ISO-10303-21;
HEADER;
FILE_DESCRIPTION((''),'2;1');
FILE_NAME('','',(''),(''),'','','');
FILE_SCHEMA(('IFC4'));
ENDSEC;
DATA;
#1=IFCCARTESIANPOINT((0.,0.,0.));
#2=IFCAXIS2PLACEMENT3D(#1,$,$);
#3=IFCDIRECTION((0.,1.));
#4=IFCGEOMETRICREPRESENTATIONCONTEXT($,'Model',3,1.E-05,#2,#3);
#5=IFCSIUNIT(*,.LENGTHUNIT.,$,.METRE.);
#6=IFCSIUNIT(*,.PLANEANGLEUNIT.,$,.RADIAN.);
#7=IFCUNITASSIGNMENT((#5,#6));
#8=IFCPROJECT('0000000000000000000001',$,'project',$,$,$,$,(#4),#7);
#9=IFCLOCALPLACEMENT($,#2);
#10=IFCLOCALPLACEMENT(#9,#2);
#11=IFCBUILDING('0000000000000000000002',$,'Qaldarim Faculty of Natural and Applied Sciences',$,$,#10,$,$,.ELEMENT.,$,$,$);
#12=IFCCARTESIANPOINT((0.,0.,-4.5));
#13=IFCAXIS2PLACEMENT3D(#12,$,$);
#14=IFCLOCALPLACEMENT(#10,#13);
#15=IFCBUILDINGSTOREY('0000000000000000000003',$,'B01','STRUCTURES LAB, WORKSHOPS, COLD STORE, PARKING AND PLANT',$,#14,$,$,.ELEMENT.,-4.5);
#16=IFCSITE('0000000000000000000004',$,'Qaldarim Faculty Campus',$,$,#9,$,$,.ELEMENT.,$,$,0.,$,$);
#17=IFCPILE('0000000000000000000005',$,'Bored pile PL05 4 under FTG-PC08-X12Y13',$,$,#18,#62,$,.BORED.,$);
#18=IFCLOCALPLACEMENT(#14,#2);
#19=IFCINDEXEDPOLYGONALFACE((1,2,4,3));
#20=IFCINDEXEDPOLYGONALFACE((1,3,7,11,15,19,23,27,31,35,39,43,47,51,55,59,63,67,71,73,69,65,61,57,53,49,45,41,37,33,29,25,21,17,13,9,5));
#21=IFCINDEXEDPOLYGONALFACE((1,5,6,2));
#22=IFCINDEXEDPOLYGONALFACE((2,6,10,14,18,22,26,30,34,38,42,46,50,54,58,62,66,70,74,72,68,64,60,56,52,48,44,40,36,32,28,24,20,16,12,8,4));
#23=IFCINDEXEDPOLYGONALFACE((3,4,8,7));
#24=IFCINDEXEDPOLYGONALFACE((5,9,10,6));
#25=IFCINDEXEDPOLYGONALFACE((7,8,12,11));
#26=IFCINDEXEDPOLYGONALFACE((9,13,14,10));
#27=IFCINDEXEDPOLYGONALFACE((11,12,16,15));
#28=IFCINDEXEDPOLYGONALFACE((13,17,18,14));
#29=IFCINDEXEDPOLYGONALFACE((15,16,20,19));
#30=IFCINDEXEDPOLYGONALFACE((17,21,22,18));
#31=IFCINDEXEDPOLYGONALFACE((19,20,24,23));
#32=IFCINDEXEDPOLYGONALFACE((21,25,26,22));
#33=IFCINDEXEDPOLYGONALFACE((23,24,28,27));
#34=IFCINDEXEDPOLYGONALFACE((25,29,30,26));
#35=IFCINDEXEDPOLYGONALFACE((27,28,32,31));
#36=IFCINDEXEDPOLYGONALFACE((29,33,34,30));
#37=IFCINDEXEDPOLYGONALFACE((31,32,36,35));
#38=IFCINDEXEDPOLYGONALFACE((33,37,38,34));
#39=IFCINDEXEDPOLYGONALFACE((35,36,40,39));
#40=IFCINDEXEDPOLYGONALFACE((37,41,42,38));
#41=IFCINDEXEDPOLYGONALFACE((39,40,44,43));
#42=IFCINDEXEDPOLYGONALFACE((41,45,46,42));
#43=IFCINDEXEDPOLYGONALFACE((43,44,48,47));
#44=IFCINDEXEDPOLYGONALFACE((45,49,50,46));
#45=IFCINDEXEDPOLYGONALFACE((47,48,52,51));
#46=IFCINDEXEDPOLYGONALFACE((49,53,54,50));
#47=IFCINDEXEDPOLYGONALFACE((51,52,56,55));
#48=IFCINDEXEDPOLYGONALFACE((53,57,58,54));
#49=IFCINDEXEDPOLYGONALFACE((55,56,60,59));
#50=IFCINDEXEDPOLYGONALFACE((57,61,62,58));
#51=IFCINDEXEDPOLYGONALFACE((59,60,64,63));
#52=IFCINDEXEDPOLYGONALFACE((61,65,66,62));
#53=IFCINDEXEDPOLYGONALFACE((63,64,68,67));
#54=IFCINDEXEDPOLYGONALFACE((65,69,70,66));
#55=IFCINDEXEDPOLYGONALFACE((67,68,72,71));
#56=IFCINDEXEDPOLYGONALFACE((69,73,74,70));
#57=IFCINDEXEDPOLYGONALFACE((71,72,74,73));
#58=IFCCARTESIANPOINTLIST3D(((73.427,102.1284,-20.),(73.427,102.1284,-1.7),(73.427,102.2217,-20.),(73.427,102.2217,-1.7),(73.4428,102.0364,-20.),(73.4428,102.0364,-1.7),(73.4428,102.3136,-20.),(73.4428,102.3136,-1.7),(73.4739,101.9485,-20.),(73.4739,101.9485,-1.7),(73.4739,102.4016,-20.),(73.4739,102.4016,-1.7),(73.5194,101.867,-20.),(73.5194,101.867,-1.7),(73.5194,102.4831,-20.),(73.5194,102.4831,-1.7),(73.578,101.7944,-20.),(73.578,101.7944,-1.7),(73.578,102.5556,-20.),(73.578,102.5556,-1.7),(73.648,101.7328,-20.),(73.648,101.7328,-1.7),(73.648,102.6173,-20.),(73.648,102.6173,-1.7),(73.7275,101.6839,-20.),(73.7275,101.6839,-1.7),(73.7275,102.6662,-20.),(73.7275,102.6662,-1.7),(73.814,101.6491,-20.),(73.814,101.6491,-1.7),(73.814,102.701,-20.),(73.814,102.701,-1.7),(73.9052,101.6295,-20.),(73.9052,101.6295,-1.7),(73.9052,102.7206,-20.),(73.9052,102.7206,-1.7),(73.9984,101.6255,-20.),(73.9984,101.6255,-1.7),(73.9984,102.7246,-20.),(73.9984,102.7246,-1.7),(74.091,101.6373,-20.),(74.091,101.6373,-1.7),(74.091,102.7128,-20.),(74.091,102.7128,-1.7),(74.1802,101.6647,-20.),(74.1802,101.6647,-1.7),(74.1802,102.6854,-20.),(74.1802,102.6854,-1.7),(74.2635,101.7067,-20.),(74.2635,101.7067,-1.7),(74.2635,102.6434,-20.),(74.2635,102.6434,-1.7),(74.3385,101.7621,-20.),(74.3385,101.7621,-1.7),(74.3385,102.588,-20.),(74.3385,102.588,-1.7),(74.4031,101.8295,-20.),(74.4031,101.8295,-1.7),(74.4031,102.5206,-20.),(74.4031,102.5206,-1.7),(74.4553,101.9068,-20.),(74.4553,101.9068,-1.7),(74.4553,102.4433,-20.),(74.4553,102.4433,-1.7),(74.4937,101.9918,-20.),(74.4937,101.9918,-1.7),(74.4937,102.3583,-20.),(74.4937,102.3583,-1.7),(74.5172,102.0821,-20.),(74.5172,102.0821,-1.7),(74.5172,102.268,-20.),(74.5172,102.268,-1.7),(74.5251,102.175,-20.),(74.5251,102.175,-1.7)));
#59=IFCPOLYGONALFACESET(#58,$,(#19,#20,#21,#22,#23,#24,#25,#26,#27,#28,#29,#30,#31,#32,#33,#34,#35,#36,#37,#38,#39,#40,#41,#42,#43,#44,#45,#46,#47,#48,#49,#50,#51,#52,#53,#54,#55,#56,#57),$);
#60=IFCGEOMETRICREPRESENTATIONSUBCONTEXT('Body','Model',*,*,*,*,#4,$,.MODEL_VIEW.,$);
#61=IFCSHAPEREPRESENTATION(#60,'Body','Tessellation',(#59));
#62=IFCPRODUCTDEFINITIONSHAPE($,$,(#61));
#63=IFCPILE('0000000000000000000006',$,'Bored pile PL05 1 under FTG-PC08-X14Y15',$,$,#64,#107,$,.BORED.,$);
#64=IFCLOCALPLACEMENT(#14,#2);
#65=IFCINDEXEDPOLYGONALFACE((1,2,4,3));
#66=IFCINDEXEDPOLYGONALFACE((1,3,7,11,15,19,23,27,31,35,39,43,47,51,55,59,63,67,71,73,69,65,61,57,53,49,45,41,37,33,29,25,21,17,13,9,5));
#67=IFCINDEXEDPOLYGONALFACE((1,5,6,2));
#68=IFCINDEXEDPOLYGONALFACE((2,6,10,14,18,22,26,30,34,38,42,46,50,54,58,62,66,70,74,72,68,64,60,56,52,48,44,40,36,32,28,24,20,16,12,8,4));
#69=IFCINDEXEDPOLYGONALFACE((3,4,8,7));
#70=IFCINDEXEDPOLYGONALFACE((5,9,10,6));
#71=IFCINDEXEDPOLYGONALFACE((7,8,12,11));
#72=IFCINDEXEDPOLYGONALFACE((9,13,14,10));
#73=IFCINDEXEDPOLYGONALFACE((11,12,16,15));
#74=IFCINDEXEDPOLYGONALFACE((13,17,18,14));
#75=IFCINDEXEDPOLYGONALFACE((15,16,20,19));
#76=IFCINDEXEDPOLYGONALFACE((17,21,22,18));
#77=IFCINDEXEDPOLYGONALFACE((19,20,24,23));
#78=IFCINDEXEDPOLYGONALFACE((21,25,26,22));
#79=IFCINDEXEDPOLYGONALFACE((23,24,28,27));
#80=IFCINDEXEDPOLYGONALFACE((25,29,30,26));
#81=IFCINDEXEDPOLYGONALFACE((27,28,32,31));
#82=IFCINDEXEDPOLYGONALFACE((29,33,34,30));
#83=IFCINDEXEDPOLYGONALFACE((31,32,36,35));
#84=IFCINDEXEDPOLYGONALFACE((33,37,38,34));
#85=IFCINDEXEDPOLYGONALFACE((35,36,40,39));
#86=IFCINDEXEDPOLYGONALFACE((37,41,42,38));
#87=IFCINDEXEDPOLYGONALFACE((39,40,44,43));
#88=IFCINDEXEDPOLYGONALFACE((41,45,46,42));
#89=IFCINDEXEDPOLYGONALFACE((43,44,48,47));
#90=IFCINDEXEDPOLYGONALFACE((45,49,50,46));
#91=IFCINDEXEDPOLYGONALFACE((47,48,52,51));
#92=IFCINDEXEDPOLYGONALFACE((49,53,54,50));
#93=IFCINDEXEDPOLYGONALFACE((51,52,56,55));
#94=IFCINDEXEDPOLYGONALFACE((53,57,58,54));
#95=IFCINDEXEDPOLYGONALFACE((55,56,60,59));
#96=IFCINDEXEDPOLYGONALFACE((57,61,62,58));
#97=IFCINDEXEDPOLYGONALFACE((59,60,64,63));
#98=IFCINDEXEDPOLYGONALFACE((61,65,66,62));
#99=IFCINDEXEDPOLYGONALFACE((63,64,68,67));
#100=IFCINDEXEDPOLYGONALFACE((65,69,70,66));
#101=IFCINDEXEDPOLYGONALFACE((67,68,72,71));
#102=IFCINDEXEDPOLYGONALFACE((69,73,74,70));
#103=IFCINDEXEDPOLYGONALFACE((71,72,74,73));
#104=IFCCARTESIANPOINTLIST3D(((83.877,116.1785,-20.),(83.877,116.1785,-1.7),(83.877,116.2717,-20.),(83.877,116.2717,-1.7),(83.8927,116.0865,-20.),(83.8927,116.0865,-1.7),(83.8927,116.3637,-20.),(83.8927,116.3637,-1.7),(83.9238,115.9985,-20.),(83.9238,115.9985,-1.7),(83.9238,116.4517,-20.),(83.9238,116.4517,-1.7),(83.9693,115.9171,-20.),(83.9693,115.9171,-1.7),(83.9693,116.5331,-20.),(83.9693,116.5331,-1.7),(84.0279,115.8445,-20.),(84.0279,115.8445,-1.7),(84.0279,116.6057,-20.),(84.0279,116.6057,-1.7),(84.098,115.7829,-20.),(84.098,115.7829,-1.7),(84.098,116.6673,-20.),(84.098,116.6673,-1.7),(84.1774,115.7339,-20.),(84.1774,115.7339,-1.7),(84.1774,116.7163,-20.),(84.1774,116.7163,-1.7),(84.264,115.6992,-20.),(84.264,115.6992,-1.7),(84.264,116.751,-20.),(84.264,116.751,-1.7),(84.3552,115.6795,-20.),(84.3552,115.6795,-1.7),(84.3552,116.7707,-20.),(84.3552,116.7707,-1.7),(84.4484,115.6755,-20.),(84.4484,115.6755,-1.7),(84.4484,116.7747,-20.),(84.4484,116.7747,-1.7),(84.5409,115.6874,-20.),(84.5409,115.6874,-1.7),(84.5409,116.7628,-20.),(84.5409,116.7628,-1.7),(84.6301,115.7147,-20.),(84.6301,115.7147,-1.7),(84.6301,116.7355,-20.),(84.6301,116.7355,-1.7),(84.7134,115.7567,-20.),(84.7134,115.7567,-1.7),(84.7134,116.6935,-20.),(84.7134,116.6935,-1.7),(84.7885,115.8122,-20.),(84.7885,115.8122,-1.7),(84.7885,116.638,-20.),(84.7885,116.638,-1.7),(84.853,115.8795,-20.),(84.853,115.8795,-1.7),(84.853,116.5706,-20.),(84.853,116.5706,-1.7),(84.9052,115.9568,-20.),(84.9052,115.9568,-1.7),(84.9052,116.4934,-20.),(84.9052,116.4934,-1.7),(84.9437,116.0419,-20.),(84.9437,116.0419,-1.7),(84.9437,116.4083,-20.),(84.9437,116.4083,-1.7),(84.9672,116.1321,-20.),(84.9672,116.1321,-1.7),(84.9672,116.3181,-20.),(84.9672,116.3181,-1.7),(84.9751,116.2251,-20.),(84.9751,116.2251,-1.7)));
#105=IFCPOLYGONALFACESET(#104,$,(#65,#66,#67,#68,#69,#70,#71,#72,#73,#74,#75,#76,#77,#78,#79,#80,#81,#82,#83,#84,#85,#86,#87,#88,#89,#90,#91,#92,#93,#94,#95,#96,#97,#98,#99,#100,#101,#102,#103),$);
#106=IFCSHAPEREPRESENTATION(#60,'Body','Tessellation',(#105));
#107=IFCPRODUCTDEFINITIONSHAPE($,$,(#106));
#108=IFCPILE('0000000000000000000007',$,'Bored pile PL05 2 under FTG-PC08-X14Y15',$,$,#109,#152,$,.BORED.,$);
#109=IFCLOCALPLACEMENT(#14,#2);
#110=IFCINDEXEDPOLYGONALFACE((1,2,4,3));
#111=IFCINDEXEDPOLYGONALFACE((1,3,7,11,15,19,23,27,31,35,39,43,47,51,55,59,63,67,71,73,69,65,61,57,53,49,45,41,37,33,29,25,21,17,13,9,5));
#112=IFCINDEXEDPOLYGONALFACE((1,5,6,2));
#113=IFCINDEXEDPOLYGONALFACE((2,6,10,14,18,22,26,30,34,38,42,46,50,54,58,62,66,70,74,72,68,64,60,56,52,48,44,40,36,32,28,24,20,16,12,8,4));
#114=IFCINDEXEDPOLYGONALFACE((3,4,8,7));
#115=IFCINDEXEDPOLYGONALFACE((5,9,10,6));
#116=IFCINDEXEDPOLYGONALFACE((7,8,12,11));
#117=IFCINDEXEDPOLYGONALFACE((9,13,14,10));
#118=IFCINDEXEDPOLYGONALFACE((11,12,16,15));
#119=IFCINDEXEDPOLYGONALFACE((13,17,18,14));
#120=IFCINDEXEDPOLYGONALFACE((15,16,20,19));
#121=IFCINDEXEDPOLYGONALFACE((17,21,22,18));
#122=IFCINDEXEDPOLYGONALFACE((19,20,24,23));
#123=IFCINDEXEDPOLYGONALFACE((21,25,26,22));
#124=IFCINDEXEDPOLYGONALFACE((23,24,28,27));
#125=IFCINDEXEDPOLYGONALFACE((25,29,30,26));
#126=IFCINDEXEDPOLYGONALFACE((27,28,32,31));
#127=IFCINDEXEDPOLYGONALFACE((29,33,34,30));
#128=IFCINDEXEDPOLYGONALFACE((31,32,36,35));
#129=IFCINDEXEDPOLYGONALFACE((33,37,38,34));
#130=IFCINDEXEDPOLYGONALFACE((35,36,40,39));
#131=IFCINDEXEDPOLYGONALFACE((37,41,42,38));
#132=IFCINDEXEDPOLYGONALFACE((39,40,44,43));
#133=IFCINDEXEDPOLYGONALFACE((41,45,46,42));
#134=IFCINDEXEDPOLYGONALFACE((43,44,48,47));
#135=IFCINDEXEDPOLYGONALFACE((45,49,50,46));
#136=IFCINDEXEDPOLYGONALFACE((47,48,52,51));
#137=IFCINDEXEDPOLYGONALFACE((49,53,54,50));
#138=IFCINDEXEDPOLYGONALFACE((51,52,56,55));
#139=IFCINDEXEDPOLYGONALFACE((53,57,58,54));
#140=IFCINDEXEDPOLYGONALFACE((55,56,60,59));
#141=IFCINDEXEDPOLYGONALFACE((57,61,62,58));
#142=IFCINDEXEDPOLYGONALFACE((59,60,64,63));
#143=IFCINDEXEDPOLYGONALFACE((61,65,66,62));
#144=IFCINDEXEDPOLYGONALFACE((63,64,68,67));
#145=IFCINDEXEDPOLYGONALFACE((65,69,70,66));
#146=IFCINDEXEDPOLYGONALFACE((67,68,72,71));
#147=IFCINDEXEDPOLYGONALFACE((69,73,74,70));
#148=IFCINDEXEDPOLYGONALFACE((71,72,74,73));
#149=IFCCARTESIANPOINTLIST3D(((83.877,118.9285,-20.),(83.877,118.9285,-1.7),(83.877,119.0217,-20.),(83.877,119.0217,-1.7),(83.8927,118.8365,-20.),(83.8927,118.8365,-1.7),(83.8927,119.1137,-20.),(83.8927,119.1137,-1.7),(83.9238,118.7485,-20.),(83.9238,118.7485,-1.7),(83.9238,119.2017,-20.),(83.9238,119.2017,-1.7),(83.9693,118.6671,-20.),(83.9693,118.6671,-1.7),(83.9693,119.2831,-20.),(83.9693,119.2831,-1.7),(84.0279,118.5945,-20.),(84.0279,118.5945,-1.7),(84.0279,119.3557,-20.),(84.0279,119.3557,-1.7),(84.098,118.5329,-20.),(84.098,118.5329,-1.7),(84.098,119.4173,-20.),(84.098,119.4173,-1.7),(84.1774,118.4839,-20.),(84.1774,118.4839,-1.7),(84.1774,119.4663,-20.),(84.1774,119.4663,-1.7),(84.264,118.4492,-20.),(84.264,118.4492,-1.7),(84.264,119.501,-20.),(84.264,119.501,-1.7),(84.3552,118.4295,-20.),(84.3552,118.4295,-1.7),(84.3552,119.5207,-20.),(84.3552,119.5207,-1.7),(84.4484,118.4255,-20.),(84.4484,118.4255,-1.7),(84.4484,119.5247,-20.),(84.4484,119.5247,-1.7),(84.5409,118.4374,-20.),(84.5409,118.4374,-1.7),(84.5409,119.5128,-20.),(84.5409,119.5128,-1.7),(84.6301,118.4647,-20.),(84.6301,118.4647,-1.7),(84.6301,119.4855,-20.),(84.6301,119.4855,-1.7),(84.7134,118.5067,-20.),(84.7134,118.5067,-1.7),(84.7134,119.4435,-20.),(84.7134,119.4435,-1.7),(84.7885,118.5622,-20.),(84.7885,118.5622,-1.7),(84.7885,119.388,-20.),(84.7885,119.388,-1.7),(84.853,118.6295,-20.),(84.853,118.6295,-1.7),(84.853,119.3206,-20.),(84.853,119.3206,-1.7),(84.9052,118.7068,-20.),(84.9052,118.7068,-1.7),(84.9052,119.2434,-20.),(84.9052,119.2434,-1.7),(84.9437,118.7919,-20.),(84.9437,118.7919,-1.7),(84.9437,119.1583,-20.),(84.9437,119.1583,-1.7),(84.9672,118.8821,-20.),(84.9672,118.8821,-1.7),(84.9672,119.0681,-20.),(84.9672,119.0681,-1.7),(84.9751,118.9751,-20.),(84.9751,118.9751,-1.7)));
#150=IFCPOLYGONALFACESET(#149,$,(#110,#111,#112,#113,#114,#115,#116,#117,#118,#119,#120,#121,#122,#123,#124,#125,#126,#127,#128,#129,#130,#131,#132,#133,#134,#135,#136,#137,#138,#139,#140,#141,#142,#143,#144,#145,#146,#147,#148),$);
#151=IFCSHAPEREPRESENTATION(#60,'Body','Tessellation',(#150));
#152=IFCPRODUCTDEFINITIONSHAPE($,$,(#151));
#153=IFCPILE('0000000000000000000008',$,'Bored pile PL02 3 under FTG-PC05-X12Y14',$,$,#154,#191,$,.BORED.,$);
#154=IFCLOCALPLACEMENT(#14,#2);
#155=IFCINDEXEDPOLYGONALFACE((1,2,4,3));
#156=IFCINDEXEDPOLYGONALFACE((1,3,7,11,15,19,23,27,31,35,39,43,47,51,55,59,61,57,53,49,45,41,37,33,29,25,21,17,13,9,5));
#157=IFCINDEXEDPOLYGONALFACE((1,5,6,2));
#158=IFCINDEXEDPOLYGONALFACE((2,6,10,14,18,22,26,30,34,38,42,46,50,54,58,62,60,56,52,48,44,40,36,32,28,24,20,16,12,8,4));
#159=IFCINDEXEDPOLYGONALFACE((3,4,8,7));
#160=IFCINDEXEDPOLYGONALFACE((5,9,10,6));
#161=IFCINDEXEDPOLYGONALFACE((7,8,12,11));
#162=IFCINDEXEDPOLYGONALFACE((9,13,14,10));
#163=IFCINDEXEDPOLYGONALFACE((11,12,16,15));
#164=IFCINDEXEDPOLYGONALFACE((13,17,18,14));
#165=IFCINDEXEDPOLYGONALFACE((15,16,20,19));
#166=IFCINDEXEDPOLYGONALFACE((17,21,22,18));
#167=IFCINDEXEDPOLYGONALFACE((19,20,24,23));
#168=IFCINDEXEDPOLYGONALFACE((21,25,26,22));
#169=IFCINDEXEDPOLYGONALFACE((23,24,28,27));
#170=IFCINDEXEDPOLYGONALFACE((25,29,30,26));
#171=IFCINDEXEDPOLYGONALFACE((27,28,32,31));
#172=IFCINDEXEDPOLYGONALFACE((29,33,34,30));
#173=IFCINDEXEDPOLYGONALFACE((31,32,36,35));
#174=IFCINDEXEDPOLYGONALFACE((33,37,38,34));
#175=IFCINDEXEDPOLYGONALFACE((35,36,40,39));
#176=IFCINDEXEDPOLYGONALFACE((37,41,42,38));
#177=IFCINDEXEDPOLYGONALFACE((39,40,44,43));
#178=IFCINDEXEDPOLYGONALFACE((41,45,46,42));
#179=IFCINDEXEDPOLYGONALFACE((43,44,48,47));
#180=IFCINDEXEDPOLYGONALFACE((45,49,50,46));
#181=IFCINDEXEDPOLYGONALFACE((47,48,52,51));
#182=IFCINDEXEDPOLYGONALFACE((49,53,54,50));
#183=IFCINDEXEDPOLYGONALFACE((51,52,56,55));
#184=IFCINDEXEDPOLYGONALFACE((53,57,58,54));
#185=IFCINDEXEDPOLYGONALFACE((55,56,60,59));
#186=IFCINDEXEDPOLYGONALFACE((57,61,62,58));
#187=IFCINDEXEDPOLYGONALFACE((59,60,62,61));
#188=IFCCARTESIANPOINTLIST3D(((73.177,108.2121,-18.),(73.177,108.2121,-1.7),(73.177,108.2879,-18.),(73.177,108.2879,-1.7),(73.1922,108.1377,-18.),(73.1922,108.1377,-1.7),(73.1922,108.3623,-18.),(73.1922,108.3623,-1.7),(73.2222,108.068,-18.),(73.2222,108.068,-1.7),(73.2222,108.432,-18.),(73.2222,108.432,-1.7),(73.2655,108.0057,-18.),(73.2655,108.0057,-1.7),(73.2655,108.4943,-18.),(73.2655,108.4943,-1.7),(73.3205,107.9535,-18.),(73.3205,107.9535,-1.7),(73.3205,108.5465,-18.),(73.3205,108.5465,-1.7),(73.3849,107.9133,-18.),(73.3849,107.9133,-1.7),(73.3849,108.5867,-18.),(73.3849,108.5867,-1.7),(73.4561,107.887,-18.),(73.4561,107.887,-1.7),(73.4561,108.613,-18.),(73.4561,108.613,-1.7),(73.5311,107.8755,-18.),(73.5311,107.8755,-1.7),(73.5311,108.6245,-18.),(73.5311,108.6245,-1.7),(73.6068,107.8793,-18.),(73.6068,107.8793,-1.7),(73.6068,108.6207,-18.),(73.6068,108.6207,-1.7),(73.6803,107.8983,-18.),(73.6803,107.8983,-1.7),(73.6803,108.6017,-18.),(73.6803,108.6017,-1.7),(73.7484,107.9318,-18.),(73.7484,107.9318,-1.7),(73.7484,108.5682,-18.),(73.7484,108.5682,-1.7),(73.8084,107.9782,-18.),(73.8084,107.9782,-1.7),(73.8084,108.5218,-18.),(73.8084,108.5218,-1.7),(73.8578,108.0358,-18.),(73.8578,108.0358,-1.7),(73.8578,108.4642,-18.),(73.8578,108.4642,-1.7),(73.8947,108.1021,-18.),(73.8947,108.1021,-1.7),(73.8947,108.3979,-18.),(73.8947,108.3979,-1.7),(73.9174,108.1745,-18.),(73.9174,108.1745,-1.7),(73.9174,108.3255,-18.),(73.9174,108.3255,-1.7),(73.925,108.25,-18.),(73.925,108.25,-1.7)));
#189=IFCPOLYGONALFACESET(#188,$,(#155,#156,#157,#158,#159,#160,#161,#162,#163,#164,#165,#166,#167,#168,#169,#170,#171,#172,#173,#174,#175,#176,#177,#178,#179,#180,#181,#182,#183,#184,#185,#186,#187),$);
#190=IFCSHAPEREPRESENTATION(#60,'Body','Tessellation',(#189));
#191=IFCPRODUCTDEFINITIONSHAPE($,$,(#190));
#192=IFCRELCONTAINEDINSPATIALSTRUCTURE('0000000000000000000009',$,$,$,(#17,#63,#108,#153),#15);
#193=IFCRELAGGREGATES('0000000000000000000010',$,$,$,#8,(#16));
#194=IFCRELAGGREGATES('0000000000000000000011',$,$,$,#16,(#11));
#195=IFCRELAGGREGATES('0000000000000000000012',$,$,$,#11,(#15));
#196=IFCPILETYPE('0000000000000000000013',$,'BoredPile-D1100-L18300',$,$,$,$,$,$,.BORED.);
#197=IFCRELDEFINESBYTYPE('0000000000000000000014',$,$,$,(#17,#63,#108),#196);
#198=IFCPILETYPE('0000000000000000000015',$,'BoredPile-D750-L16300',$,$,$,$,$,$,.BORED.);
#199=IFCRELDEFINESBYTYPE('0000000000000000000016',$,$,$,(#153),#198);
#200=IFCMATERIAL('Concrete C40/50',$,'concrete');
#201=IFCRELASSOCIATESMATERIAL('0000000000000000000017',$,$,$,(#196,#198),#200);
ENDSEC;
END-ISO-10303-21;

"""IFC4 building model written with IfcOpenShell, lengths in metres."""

from ifc_helpers import new_model, si_unit, direction, frame, origin, origin_2d, place, context, subcontext, project, spatial, circle, extrude, material, material_profile, profile_set, type_object, element, save


model = new_model("IFC4")

# Units and contexts
model_context = context("Model", 3, precision=1e-05, world=origin(), true_north=direction((0.0, 1.0)))
body_context = subcontext(model_context, "Body", "Model", "MODEL_VIEW")
ifc_project = project(units=[si_unit("LENGTHUNIT", "METRE"), si_unit("PLANEANGLEUNIT", "RADIAN")], contexts=[model_context])

# Site, building, storey
site_placement = place(None, origin())
site = spatial("IfcSite", under=ifc_project, at=site_placement, Name="Qaldarim Faculty Campus", CompositionType="ELEMENT", RefElevation=0.0)
building_placement = place(site_placement, origin())
building = spatial("IfcBuilding", under=site, at=building_placement, Name="Qaldarim Faculty of Natural and Applied Sciences", CompositionType="ELEMENT")
storey_placement = place(building_placement, frame((0.0, 0.0, -4.5)))
storey = spatial("IfcBuildingStorey", under=building, at=storey_placement, Name="B01", Description="STRUCTURES LAB, WORKSHOPS, COLD STORE, PARKING AND PLANT", CompositionType="ELEMENT", Elevation=-4.5)

# Piles
ifc_material_1 = material(Name="Concrete C40/50", Category="concrete")
ifc_material_profile_1 = material_profile(ifc_material_1, circle(Radius=0.55, at=origin_2d()), Name="PILE-D1100")
ifc_profile_set_1 = profile_set([ifc_material_profile_1], Name="Concrete C40/50")
pile_type_1 = type_object("IfcPileType", Name="BoredPile-D1100-L18300", PredefinedType="BORED", material=ifc_profile_set_1)
for number, where, z_axis, x_axis, name in (
    (1, (73.9751, 102.175, -1.7), (0.0, 0.0, -1.0), (1.0, 0.0, 0.0), "Bored pile PL05 4 under FTG-PC08-X12Y13"),
    (2, (84.425, 116.2251, -1.7), (0.0, 0.0, -1.0), (1.0, 0.0, 0.0), "Bored pile PL05 1 under FTG-PC08-X14Y15"),
    (3, (84.425, 118.9751, -1.7), (0.0, 0.0, -1.0), (1.0, 0.0, 0.0), "Bored pile PL05 2 under FTG-PC08-X14Y15"),
):
    element("IfcPile", number, at=place(storey_placement, frame(where, z_axis=z_axis, x_axis=x_axis)), inside=storey, type_object=pile_type_1, Name=name, PredefinedType="BORED", context=body_context, shape_type="SweptSolid", body=[
        extrude(circle(Radius=0.55, at=origin_2d()), origin(), (0.0, 0.0, 1.0), 18.3),
    ])
ifc_material_profile_2 = material_profile(ifc_material_1, circle(Radius=0.375, at=origin_2d()), Name="PILE-D750")
ifc_profile_set_2 = profile_set([ifc_material_profile_2], Name="Concrete C40/50")
pile_type_2 = type_object("IfcPileType", Name="BoredPile-D750-L16300", PredefinedType="BORED", material=ifc_profile_set_2)
for number, where, z_axis, x_axis, name in (
    (4, (73.55, 108.25, -1.7), (0.0, 0.0, -1.0), (1.0, 0.0, 0.0), "Bored pile PL02 3 under FTG-PC05-X12Y14"),
):
    element("IfcPile", number, at=place(storey_placement, frame(where, z_axis=z_axis, x_axis=x_axis)), inside=storey, type_object=pile_type_2, Name=name, PredefinedType="BORED", context=body_context, shape_type="SweptSolid", body=[
        extrude(circle(Radius=0.375, at=origin_2d()), origin(), (0.0, 0.0, 1.0), 16.3),
    ])

save(model, "model.ifc")
